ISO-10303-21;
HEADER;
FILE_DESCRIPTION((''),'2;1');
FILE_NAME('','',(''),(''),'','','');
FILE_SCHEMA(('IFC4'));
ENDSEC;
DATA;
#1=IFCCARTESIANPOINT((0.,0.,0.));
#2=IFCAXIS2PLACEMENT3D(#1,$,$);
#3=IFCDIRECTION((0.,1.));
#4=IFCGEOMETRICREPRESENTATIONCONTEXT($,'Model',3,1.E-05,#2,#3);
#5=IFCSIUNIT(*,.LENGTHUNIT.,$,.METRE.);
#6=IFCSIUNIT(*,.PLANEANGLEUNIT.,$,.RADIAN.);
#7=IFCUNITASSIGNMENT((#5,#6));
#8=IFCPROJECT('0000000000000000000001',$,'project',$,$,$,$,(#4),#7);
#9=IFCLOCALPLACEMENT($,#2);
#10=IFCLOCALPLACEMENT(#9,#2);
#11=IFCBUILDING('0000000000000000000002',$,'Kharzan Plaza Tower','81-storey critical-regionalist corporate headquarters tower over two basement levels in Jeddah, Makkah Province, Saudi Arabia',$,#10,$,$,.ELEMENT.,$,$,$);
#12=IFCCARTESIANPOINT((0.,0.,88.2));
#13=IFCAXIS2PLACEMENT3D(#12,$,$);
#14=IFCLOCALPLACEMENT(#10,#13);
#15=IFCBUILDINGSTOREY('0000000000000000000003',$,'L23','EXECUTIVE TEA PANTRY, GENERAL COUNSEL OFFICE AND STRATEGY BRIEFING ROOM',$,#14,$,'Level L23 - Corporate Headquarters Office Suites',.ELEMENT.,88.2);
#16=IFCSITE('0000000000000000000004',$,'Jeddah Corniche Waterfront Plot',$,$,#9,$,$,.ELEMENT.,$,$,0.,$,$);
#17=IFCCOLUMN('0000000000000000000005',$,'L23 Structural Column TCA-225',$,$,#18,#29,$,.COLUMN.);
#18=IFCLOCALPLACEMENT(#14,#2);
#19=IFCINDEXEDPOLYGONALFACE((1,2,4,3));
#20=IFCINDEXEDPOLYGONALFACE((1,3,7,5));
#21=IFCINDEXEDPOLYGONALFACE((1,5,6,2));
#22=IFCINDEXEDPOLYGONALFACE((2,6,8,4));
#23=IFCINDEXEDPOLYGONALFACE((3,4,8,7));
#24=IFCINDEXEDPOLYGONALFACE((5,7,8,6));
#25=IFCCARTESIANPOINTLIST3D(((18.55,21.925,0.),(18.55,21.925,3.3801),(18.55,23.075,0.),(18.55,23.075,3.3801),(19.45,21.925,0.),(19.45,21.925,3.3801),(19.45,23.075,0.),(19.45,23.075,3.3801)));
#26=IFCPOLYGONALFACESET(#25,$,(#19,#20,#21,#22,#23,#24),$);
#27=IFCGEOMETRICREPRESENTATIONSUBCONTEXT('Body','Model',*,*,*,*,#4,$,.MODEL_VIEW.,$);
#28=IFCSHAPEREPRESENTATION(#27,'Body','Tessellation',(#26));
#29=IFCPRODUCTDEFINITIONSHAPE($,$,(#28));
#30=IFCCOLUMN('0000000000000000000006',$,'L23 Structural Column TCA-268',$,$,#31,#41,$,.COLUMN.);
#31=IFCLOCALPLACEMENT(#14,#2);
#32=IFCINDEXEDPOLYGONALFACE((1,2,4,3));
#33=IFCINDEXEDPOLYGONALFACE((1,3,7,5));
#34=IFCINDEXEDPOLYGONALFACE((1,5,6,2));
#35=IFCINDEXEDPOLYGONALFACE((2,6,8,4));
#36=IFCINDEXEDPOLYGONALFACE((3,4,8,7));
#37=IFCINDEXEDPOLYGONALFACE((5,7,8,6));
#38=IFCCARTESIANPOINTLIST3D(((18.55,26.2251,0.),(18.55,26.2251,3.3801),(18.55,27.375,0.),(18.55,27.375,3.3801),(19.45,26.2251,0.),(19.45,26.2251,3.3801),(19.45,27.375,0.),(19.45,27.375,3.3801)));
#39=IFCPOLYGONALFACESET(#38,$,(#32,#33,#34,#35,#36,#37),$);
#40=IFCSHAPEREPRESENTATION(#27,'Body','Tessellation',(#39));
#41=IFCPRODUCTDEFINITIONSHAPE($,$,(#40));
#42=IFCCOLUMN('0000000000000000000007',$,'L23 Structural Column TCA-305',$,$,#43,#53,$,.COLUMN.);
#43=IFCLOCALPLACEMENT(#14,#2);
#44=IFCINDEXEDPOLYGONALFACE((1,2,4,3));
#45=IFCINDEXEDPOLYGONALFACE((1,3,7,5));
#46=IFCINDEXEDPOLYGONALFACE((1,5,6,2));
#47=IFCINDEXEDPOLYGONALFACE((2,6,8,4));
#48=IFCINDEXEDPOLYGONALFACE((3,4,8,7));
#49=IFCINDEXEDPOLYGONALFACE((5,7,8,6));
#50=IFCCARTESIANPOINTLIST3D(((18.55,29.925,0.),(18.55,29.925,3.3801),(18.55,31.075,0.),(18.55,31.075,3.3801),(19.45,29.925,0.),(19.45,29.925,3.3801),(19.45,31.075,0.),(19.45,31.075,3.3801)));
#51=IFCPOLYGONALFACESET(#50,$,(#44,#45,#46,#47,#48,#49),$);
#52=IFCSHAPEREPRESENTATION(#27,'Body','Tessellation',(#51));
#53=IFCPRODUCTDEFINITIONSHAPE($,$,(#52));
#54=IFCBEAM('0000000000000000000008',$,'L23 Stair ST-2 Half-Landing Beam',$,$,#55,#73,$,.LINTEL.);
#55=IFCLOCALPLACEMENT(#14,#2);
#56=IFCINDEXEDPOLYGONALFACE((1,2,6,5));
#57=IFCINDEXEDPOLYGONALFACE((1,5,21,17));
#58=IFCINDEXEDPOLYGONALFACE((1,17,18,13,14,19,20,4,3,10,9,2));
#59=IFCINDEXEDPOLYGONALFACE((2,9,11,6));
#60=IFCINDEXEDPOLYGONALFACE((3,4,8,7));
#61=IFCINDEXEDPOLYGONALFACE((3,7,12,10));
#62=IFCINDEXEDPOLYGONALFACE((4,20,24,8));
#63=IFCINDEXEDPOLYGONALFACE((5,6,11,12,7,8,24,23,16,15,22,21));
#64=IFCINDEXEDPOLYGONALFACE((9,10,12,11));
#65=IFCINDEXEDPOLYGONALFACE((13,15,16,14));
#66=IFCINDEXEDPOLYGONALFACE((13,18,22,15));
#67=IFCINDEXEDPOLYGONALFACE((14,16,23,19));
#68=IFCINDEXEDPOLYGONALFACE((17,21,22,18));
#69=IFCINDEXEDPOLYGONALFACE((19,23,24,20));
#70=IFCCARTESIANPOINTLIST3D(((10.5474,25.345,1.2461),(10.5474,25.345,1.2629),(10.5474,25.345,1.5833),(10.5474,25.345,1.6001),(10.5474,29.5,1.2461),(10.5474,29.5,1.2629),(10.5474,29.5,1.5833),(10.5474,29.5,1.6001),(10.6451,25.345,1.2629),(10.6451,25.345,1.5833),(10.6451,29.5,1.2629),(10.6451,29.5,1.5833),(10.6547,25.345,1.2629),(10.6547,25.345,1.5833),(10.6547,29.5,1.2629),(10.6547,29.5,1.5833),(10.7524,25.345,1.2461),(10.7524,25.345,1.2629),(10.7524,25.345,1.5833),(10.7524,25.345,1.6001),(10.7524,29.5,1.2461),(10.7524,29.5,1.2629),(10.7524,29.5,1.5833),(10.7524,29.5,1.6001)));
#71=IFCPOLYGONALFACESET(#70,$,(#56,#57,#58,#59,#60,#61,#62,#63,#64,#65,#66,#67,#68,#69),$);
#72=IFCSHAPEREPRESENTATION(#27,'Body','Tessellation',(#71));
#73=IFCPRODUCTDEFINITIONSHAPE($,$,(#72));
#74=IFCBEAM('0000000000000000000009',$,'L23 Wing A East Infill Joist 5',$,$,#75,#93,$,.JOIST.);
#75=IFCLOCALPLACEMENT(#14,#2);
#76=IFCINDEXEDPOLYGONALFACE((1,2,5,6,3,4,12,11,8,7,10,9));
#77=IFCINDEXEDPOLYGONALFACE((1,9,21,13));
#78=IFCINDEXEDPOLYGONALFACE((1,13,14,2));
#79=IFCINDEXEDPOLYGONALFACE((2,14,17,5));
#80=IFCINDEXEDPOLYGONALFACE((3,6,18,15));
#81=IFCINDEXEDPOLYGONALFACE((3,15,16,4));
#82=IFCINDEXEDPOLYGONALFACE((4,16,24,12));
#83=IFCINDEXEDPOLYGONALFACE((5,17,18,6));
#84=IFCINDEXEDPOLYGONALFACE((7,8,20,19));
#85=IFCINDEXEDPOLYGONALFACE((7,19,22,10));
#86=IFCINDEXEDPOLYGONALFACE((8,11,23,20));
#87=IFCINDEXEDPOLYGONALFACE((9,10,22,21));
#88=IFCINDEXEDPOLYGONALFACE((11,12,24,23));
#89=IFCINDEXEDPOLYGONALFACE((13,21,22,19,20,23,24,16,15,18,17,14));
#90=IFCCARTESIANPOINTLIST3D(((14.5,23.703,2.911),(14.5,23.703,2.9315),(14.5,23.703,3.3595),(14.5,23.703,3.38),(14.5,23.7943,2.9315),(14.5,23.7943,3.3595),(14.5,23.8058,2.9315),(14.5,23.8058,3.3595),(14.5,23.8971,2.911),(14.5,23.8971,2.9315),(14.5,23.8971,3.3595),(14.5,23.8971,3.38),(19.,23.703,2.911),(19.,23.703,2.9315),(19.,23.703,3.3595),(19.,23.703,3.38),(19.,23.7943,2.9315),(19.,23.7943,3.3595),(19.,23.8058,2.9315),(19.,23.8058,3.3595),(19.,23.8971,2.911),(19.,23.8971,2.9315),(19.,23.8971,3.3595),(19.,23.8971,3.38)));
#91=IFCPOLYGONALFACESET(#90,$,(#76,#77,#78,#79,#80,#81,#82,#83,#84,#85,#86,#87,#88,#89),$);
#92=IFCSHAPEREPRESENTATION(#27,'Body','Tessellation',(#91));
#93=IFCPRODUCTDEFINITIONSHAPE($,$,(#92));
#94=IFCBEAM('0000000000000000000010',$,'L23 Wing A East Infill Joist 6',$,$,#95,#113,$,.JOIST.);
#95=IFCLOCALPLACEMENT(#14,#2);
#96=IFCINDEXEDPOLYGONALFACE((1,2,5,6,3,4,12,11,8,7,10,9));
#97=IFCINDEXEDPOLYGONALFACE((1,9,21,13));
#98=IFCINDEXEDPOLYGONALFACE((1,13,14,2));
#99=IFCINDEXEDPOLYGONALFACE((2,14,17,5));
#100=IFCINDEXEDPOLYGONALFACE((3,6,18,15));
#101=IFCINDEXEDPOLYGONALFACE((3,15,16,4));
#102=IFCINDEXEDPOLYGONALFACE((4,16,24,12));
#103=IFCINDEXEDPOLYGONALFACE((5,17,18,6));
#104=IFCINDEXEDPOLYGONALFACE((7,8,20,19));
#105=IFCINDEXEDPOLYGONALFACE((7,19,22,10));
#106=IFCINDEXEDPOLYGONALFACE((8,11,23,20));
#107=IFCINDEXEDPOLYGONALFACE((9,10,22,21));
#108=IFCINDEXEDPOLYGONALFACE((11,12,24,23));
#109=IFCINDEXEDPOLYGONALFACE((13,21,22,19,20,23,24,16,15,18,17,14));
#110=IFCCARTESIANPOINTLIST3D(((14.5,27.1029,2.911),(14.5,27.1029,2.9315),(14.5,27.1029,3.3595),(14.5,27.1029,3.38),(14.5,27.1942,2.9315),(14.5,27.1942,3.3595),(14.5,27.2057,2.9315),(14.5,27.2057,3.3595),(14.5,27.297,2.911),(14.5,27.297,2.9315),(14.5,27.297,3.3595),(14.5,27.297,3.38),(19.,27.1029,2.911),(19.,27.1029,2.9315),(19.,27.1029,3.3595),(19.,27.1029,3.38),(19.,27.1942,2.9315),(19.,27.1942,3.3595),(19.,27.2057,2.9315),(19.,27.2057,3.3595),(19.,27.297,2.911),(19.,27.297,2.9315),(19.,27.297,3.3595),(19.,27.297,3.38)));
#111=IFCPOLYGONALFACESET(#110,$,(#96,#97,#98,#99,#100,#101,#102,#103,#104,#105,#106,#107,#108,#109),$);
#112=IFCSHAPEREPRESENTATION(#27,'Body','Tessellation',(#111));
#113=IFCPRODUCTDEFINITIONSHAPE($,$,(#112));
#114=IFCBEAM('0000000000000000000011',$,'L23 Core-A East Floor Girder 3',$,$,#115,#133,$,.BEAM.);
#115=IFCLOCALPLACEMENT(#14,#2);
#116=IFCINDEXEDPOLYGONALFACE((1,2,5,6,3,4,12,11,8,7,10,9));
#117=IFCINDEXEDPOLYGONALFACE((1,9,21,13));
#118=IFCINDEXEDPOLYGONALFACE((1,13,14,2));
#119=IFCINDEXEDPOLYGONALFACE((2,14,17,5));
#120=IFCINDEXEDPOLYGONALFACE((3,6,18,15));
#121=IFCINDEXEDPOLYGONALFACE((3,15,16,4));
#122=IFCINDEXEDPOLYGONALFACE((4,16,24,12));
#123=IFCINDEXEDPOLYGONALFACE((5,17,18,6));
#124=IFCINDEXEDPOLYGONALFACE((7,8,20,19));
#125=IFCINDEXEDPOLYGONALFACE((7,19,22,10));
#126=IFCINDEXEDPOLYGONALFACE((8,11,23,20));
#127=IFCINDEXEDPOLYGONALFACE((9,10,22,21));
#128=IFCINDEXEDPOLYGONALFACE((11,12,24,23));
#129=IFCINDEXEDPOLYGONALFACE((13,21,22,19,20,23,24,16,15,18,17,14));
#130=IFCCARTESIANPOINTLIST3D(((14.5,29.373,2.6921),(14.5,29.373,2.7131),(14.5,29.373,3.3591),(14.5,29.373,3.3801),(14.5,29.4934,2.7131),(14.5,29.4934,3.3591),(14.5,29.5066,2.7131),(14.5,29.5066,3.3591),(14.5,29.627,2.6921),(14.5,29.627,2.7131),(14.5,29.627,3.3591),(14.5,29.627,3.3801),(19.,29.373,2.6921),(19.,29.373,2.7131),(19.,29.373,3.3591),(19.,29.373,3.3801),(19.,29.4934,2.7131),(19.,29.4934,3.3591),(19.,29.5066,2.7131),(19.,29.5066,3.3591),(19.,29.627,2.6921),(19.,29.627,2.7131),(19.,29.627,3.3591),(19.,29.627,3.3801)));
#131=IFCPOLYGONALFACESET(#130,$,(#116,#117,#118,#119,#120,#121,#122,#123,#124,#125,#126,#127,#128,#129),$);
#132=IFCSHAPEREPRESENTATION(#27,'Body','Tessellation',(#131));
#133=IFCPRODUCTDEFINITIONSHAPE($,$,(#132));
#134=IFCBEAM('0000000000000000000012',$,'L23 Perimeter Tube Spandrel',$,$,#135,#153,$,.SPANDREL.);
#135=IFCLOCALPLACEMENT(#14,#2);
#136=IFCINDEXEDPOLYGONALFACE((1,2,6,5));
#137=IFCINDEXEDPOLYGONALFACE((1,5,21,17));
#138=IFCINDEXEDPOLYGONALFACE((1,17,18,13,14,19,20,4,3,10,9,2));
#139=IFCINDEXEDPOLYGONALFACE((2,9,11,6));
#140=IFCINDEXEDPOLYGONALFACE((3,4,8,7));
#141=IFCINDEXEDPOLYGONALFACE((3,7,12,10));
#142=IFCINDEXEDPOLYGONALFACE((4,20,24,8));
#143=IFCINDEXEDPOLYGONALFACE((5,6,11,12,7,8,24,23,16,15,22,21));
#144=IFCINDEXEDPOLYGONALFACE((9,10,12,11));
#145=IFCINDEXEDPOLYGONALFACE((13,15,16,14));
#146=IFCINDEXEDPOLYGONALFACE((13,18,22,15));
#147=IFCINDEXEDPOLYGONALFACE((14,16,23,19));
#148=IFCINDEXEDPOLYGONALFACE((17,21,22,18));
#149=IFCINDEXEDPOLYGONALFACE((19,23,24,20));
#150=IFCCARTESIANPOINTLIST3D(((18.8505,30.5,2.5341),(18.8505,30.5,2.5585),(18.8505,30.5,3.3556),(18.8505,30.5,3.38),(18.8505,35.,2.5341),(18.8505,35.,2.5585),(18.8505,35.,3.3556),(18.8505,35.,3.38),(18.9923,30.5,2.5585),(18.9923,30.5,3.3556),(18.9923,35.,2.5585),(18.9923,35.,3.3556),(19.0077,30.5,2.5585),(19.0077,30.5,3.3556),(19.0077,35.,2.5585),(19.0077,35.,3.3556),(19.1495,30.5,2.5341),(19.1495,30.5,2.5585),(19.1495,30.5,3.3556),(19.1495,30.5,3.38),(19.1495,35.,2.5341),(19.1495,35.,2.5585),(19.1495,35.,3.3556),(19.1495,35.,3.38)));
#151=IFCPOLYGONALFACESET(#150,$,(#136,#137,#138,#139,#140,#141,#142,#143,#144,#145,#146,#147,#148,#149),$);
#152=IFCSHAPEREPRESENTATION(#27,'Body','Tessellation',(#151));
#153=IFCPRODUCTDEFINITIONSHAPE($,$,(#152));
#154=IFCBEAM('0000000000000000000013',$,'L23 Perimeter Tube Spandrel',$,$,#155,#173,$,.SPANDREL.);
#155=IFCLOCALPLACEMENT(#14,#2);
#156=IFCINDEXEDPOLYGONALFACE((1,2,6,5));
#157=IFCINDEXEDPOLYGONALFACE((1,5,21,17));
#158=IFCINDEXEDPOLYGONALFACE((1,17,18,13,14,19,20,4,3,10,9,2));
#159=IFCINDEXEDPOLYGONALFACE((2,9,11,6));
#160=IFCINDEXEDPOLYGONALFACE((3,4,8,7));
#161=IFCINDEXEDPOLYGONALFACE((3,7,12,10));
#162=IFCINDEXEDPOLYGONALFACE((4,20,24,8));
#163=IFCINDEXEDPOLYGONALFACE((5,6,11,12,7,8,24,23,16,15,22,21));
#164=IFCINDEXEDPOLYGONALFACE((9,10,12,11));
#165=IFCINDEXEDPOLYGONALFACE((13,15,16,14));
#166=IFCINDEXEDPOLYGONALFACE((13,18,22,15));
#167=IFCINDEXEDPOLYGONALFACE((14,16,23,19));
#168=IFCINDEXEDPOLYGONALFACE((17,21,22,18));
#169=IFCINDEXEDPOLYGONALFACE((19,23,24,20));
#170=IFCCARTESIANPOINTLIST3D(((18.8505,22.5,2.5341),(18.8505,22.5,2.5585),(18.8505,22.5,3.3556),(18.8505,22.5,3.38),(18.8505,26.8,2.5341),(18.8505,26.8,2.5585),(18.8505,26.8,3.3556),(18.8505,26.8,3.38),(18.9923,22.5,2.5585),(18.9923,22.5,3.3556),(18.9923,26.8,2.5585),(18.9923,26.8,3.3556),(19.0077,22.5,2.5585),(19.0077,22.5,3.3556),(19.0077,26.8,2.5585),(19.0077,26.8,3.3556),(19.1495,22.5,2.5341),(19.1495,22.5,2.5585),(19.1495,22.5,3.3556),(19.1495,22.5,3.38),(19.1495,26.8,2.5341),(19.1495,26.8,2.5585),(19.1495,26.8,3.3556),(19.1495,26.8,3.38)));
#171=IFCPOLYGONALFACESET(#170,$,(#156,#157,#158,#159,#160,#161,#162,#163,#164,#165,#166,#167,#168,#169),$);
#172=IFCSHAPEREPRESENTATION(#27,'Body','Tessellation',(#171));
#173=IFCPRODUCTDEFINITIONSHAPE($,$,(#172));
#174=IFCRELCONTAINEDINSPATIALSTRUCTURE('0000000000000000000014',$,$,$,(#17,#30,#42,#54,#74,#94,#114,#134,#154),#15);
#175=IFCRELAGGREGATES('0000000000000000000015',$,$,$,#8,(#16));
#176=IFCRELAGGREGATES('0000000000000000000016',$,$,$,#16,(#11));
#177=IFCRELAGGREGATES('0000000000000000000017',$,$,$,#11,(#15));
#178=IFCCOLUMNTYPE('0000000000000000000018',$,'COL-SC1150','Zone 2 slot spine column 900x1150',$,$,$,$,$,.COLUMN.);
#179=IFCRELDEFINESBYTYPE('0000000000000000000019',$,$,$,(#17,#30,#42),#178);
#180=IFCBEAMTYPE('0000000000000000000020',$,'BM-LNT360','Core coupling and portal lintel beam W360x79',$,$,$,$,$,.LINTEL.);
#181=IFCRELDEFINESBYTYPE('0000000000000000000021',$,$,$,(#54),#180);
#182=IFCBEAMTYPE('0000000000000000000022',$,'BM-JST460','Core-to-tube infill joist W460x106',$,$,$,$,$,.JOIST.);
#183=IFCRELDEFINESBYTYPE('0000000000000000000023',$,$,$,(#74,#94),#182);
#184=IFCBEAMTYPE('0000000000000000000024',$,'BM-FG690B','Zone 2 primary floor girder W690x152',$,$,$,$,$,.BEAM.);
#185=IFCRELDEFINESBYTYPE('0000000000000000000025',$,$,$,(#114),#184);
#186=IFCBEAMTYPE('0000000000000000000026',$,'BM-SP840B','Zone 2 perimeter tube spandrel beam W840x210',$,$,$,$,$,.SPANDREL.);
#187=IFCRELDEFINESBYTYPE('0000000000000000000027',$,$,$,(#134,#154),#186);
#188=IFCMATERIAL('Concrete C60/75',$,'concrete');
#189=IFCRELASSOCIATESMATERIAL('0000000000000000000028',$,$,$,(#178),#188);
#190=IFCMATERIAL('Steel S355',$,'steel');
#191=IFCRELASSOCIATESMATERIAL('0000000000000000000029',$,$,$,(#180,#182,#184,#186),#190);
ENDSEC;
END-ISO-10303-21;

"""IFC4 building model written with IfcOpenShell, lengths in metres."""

from ifc_helpers import new_model, si_unit, direction, frame, origin, origin_2d, place, context, subcontext, project, spatial, rectangle, i_section, extrude, source, transform, mapped, material, material_profile, profile_set, type_object, element, save


model = new_model("IFC4")

# Units and contexts
model_context = context("Model", 3, precision=1e-05, world=origin(), true_north=direction((0.0, 1.0)))
body_context = subcontext(model_context, "Body", "Model", "MODEL_VIEW")
ifc_project = project(units=[si_unit("LENGTHUNIT", "METRE"), si_unit("PLANEANGLEUNIT", "RADIAN")], contexts=[model_context])

# Site, building, storey
site_placement = place(None, origin())
site = spatial("IfcSite", under=ifc_project, at=site_placement, Name="Jeddah Corniche Waterfront Plot", CompositionType="ELEMENT", RefElevation=0.0)
building_placement = place(site_placement, origin())
building = spatial("IfcBuilding", under=site, at=building_placement, Name="Kharzan Plaza Tower", Description="81-storey critical-regionalist corporate headquarters tower over two basement levels in Jeddah, Makkah Province, Saudi Arabia", CompositionType="ELEMENT")
storey_placement = place(building_placement, frame((0.0, 0.0, 88.2)))
storey = spatial("IfcBuildingStorey", under=building, at=storey_placement, Name="L23", Description="EXECUTIVE TEA PANTRY, GENERAL COUNSEL OFFICE AND STRATEGY BRIEFING ROOM", LongName="Level L23 - Corporate Headquarters Office Suites", CompositionType="ELEMENT", Elevation=88.2)

# Columns
ifc_material_1 = material(Name="Concrete C60/75", Category="concrete")
ifc_material_profile_1 = material_profile(ifc_material_1, rectangle(XDim=0.8999, YDim=1.1499, at=origin_2d()), Name="RC-SC1150x900")
ifc_profile_set_1 = profile_set([ifc_material_profile_1], Name="Concrete C60/75")
column_type = type_object("IfcColumnType", Name="COL-SC1150", Description="Zone 2 slot spine column 900x1150", PredefinedType="COLUMN", material=ifc_profile_set_1)
shared_shape_1 = source(origin(), body_context, "Body", "SweptSolid", [
    extrude(rectangle(XDim=0.8999, YDim=1.1499, at=origin_2d()), origin(), (0.0, 0.0, 1.0), 3.3801),
])
for number, where, z_axis, x_axis, name in (
    (1, (19.0, 22.5, 0.0), (0.0, 0.0, 1.0), (1.0, 0.0, 0.0), "L23 Structural Column TCA-225"),
    (2, (19.0, 26.8, 0.0), (0.0, 0.0, 1.0), (1.0, 0.0, 0.0), "L23 Structural Column TCA-268"),
    (3, (19.0, 30.5, 0.0), (0.0, 0.0, 1.0), (1.0, 0.0, 0.0), "L23 Structural Column TCA-305"),
):
    element("IfcColumn", number, at=place(storey_placement, frame(where, z_axis=z_axis, x_axis=x_axis)), inside=storey, type_object=column_type, Name=name, PredefinedType="COLUMN", context=body_context, shape_type="MappedRepresentation", body=[
        mapped(shared_shape_1, transform((0.0, 0.0, 0.0), x_axis=(1.0, 0.0, 0.0), y_axis=(0.0, 1.0, 0.0), z_axis=(0.0, 0.0, 1.0))),
    ])

# Beams
ifc_material_2 = material(Name="Steel S355", Category="steel")
ifc_material_profile_2 = material_profile(ifc_material_2, i_section(OverallWidth=0.2051, OverallDepth=0.354, WebThickness=0.0095, FlangeThickness=0.0168, at=origin_2d()), Name="W360x79")
ifc_profile_set_2 = profile_set([ifc_material_profile_2], Name="Steel S355")
beam_type_1 = type_object("IfcBeamType", Name="BM-LNT360", Description="Core coupling and portal lintel beam W360x79", PredefinedType="LINTEL", material=ifc_profile_set_2)
shared_shape_2 = source(origin(), body_context, "Body", "SweptSolid", [
    extrude(i_section(OverallWidth=0.2051, OverallDepth=0.354, WebThickness=0.0095, FlangeThickness=0.0168, at=origin_2d()), origin(), (0.0, 0.0, 1.0), 4.155),
])
beam_1_placement = place(storey_placement, frame((10.6499, 25.345, 1.4231), z_axis=(0.0, 1.0, 0.0), x_axis=(-1.0, 0.0, 0.0)))
element("IfcBeam", 4, at=beam_1_placement, inside=storey, type_object=beam_type_1, Name="L23 Stair ST-2 Half-Landing Beam", PredefinedType="LINTEL", context=body_context, shape_type="MappedRepresentation", body=[
    mapped(shared_shape_2, transform((0.0, 0.0, 0.0), x_axis=(1.0, 0.0, 0.0), y_axis=(0.0, 1.0, 0.0), z_axis=(0.0, 0.0, 1.0))),
])
ifc_material_profile_3 = material_profile(ifc_material_2, i_section(OverallWidth=0.1941, OverallDepth=0.469, WebThickness=0.0115, FlangeThickness=0.0205, at=origin_2d()), Name="W460x106")
ifc_profile_set_3 = profile_set([ifc_material_profile_3], Name="Steel S355")
beam_type_2 = type_object("IfcBeamType", Name="BM-JST460", Description="Core-to-tube infill joist W460x106", PredefinedType="JOIST", material=ifc_profile_set_3)
shared_shape_3 = source(origin(), body_context, "Body", "SweptSolid", [
    extrude(i_section(OverallWidth=0.1941, OverallDepth=0.469, WebThickness=0.0115, FlangeThickness=0.0205, at=origin_2d()), origin(), (0.0, 0.0, 1.0), 4.5),
])
for number, where, z_axis, x_axis, name in (
    (5, (14.5, 23.8, 3.1455), (1.0, 0.0, 0.0), (0.0, 1.0, 0.0), "L23 Wing A East Infill Joist 5"),
    (6, (14.5, 27.2, 3.1455), (1.0, 0.0, 0.0), (0.0, 1.0, 0.0), "L23 Wing A East Infill Joist 6"),
):
    element("IfcBeam", number, at=place(storey_placement, frame(where, z_axis=z_axis, x_axis=x_axis)), inside=storey, type_object=beam_type_2, Name=name, PredefinedType="JOIST", context=body_context, shape_type="MappedRepresentation", body=[
        mapped(shared_shape_3, transform((0.0, 0.0, 0.0), x_axis=(1.0, 0.0, 0.0), y_axis=(0.0, 1.0, 0.0), z_axis=(0.0, 0.0, 1.0))),
    ])
ifc_material_profile_4 = material_profile(ifc_material_2, i_section(OverallWidth=0.2539, OverallDepth=0.688, WebThickness=0.0132, FlangeThickness=0.021, at=origin_2d()), Name="W690x152")
ifc_profile_set_4 = profile_set([ifc_material_profile_4], Name="Steel S355")
beam_type_3 = type_object("IfcBeamType", Name="BM-FG690B", Description="Zone 2 primary floor girder W690x152", PredefinedType="BEAM", material=ifc_profile_set_4)
shared_shape_4 = source(origin(), body_context, "Body", "SweptSolid", [
    extrude(i_section(OverallWidth=0.2539, OverallDepth=0.688, WebThickness=0.0132, FlangeThickness=0.021, at=origin_2d()), origin(), (0.0, 0.0, 1.0), 4.5),
])
beam_2_placement = place(storey_placement, frame((14.5, 29.5, 3.0361), z_axis=(1.0, 0.0, 0.0), x_axis=(0.0, 1.0, 0.0)))
element("IfcBeam", 7, at=beam_2_placement, inside=storey, type_object=beam_type_3, Name="L23 Core-A East Floor Girder 3", PredefinedType="BEAM", context=body_context, shape_type="MappedRepresentation", body=[
    mapped(shared_shape_4, transform((0.0, 0.0, 0.0), x_axis=(1.0, 0.0, 0.0), y_axis=(0.0, 1.0, 0.0), z_axis=(0.0, 0.0, 1.0))),
])
ifc_material_profile_5 = material_profile(ifc_material_2, i_section(OverallWidth=0.2991, OverallDepth=0.8459, WebThickness=0.0154, FlangeThickness=0.0244, at=origin_2d()), Name="W840x210")
ifc_profile_set_5 = profile_set([ifc_material_profile_5], Name="Steel S355")
beam_type_4 = type_object("IfcBeamType", Name="BM-SP840B", Description="Zone 2 perimeter tube spandrel beam W840x210", PredefinedType="SPANDREL", material=ifc_profile_set_5)
shared_shape_5 = source(origin(), body_context, "Body", "SweptSolid", [
    extrude(i_section(OverallWidth=0.2991, OverallDepth=0.8459, WebThickness=0.0154, FlangeThickness=0.0244, at=origin_2d()), origin(), (0.0, 0.0, 1.0), 4.5),
])
beam_3_placement = place(storey_placement, frame((19.0, 30.5, 2.957), z_axis=(0.0, 1.0, 0.0), x_axis=(-1.0, 0.0, 0.0)))
element("IfcBeam", 8, at=beam_3_placement, inside=storey, type_object=beam_type_4, Name="L23 Perimeter Tube Spandrel", PredefinedType="SPANDREL", context=body_context, shape_type="MappedRepresentation", body=[
    mapped(shared_shape_5, transform((0.0, 0.0, 0.0), x_axis=(1.0, 0.0, 0.0), y_axis=(0.0, 1.0, 0.0), z_axis=(0.0, 0.0, 1.0))),
])
shared_shape_6 = source(origin(), body_context, "Body", "SweptSolid", [
    extrude(i_section(OverallWidth=0.2991, OverallDepth=0.8459, WebThickness=0.0154, FlangeThickness=0.0244, at=origin_2d()), origin(), (0.0, 0.0, 1.0), 4.3),
])
beam_4_placement = place(storey_placement, frame((19.0, 22.5, 2.957), z_axis=(0.0, 1.0, 0.0), x_axis=(-1.0, 0.0, 0.0)))
element("IfcBeam", 9, at=beam_4_placement, inside=storey, type_object=beam_type_4, Name="L23 Perimeter Tube Spandrel", PredefinedType="SPANDREL", context=body_context, shape_type="MappedRepresentation", body=[
    mapped(shared_shape_6, transform((0.0, 0.0, 0.0), x_axis=(1.0, 0.0, 0.0), y_axis=(0.0, 1.0, 0.0), z_axis=(0.0, 0.0, 1.0))),
])

save(model, "model.ifc")
